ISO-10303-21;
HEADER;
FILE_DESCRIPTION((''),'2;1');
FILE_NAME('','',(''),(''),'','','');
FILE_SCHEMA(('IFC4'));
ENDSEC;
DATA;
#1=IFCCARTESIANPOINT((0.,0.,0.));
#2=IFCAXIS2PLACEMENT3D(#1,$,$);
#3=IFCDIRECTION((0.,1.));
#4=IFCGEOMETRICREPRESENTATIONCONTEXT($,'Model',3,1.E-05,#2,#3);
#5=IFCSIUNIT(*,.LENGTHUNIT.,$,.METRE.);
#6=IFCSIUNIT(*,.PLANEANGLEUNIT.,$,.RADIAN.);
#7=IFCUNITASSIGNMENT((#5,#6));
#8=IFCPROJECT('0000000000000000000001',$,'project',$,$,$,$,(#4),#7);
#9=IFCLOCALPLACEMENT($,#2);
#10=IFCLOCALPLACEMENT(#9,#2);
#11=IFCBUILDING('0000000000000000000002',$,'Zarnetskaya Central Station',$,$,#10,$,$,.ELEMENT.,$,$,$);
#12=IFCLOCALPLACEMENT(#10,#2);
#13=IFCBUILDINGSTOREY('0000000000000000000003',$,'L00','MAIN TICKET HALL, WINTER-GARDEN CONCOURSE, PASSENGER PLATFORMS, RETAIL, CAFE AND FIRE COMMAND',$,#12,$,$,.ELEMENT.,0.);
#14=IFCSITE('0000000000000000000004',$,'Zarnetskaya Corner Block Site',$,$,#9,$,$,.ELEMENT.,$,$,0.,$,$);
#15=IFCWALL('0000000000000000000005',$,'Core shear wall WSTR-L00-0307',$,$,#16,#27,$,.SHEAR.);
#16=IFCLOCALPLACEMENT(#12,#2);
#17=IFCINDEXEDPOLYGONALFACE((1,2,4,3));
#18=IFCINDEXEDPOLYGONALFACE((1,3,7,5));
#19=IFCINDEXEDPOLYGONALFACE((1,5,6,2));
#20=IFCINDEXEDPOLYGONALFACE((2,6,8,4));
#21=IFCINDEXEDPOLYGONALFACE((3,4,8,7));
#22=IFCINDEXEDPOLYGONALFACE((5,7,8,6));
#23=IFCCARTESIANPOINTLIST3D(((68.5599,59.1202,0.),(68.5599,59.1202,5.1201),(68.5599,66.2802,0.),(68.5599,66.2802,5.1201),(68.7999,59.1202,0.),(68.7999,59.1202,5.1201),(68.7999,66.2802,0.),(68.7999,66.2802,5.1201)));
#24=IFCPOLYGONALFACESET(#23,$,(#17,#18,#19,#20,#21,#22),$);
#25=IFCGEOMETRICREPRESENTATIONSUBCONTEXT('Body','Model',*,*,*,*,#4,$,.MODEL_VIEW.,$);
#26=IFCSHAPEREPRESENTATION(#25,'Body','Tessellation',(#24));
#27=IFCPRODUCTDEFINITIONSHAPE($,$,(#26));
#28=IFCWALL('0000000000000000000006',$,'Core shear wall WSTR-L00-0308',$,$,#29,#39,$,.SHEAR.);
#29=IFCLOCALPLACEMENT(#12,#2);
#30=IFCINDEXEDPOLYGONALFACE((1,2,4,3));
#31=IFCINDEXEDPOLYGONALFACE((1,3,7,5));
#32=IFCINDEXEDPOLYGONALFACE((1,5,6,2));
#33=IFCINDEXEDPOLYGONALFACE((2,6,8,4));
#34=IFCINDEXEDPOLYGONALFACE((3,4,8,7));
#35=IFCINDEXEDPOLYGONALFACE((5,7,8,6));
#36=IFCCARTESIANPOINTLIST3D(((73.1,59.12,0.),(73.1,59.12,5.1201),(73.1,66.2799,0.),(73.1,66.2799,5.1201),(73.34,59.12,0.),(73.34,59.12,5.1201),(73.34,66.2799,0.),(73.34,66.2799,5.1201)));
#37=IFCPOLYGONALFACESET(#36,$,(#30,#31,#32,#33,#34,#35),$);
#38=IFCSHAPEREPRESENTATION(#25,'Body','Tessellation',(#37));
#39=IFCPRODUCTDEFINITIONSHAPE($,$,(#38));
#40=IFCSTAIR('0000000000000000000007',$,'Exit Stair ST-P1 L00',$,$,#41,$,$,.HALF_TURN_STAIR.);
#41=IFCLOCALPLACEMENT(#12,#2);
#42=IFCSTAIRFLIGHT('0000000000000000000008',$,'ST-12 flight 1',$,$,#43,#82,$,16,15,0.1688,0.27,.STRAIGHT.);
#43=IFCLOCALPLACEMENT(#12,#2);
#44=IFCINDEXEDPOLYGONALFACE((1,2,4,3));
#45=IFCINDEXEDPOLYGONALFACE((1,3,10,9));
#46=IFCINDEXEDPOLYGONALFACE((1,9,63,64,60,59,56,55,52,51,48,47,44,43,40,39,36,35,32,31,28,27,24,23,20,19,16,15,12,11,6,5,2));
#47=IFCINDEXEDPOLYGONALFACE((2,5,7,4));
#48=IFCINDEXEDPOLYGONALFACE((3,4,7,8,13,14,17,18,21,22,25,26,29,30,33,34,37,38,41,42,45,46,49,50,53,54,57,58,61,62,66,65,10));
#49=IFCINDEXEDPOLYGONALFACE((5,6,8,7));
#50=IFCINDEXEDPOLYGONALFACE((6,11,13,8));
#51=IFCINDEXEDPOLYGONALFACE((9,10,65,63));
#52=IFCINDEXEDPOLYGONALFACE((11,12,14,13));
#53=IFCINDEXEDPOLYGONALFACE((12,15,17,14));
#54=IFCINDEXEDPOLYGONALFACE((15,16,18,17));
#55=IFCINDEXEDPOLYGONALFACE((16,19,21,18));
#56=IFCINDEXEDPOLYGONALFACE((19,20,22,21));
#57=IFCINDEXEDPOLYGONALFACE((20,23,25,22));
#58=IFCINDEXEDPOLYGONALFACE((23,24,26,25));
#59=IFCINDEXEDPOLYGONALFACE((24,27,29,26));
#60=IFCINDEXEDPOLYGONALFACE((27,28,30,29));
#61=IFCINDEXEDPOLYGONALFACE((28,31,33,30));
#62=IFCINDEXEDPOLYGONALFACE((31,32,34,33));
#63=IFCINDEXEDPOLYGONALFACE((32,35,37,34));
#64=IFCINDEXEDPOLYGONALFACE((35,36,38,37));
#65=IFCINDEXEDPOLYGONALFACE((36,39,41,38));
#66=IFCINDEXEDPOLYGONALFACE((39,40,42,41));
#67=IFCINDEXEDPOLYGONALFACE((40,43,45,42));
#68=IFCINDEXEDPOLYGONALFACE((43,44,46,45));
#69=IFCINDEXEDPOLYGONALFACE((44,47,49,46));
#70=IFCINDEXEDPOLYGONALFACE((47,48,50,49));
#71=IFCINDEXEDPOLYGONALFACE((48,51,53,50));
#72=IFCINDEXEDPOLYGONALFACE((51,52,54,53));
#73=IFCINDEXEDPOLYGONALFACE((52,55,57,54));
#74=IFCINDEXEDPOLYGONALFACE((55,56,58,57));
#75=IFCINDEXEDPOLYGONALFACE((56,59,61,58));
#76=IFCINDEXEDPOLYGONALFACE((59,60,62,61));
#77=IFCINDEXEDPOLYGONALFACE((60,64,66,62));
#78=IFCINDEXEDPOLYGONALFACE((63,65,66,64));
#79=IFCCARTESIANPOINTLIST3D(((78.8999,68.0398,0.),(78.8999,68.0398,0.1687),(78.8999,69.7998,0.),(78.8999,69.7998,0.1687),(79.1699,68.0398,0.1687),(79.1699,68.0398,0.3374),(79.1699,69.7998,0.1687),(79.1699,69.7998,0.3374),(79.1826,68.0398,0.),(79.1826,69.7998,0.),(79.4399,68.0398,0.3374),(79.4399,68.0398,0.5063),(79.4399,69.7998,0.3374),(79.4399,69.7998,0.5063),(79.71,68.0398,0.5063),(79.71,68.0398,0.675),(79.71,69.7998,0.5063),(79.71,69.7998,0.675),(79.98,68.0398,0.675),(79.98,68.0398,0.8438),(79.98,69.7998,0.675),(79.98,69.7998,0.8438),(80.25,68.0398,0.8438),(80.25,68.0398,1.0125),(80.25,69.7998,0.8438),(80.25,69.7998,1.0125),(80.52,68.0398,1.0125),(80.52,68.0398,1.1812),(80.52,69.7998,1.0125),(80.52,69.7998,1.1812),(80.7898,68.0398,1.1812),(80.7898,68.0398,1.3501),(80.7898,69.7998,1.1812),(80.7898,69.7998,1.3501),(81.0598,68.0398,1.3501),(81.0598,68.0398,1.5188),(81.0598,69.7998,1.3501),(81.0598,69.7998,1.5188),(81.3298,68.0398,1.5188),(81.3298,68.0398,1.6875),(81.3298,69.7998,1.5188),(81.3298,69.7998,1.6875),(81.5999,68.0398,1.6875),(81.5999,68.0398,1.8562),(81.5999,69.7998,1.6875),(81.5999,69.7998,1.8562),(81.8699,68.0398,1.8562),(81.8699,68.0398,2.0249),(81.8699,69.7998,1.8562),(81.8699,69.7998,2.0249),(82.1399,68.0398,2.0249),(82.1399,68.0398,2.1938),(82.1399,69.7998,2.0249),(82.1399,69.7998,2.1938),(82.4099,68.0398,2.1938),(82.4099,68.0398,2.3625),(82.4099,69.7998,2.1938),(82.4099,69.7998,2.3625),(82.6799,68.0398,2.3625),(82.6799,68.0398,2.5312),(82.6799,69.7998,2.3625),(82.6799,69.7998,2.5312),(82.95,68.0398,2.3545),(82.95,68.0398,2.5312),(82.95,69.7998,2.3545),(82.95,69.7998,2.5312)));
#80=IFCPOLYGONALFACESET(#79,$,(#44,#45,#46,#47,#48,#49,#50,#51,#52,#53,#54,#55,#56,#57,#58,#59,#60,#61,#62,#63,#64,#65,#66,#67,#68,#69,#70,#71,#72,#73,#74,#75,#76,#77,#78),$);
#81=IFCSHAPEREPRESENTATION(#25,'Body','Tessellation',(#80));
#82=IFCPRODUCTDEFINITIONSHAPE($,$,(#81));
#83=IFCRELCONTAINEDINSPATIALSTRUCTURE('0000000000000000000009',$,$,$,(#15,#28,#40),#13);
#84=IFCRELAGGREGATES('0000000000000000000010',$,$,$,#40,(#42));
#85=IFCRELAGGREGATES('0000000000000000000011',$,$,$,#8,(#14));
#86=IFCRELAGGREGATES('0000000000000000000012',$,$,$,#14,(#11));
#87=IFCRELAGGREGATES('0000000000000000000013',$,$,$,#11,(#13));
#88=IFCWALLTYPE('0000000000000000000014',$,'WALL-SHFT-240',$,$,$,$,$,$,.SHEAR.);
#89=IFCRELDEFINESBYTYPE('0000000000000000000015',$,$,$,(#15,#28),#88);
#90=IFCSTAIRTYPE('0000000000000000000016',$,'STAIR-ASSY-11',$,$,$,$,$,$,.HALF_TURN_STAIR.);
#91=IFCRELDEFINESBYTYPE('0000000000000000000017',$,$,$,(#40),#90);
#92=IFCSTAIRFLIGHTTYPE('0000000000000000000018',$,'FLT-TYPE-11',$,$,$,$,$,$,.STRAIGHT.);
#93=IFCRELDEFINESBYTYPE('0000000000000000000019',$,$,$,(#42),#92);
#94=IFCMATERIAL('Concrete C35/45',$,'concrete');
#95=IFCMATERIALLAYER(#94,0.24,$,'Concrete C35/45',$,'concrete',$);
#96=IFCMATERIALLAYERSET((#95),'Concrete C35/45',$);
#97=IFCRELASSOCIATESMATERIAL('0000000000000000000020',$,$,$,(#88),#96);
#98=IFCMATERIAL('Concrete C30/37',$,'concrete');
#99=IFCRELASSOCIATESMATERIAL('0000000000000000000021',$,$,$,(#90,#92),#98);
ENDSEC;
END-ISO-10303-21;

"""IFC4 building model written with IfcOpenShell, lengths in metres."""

from ifc_helpers import new_model, si_unit, direction, frame, frame_2d, origin, place, context, subcontext, project, spatial, polyline, rectangle, outline, extrude, material, layer, layer_set, type_object, element, aggregate, save


model = new_model("IFC4")

# Units and contexts
model_context = context("Model", 3, precision=1e-05, world=origin(), true_north=direction((0.0, 1.0)))
body_context = subcontext(model_context, "Body", "Model", "MODEL_VIEW")
ifc_project = project(units=[si_unit("LENGTHUNIT", "METRE"), si_unit("PLANEANGLEUNIT", "RADIAN")], contexts=[model_context])

# Site, building, storey
site_placement = place(None, origin())
site = spatial("IfcSite", under=ifc_project, at=site_placement, Name="Zarnetskaya Corner Block Site", CompositionType="ELEMENT", RefElevation=0.0)
building_placement = place(site_placement, origin())
building = spatial("IfcBuilding", under=site, at=building_placement, Name="Zarnetskaya Central Station", CompositionType="ELEMENT")
storey_placement = place(building_placement, origin())
storey = spatial("IfcBuildingStorey", under=building, at=storey_placement, Name="L00", Description="MAIN TICKET HALL, WINTER-GARDEN CONCOURSE, PASSENGER PLATFORMS, RETAIL, CAFE AND FIRE COMMAND", CompositionType="ELEMENT", Elevation=0.0)

# Walls
ifc_material_1 = material(Name="Concrete C35/45", Category="concrete")
ifc_layer_1 = layer(ifc_material_1, 0.24, Name="Concrete C35/45", Category="concrete")
ifc_layer_set_1 = layer_set([ifc_layer_1], Name="Concrete C35/45")
wall_type_1 = type_object("IfcWallType", Name="WALL-SHFT-240", PredefinedType="SHEAR", material=ifc_layer_set_1)
for number, where, z_axis, x_axis, name in (
    (1, (68.6799, 59.1201, 0.0), (0.0, 0.0, 1.0), (0.0, 1.0, 0.0), "Core shear wall WSTR-L00-0307"),
    (2, (73.22, 66.28, 0.0), (0.0, 0.0, 1.0), (0.0, -1.0, 0.0), "Core shear wall WSTR-L00-0308"),
):
    element("IfcWall", number, at=place(storey_placement, frame(where, z_axis=z_axis, x_axis=x_axis)), inside=storey, type_object=wall_type_1, Name=name, PredefinedType="SHEAR", context=body_context, shape_type="SweptSolid", body=[
        extrude(rectangle(XDim=7.1599, YDim=0.24, at=frame_2d((3.5801, 0.0))), origin(), (0.0, 0.0, 1.0), 5.1201),
    ])

# Stair, stair flight
ifc_material_2 = material(Name="Concrete C30/37", Category="concrete")
stair_type = type_object("IfcStairType", Name="STAIR-ASSY-11", PredefinedType="HALF_TURN_STAIR", material=ifc_material_2)
stair_placement = place(storey_placement, origin())
stair = element("IfcStair", 3, at=stair_placement, inside=storey, type_object=stair_type, Name="Exit Stair ST-P1 L00", PredefinedType="HALF_TURN_STAIR")
stair_flight_type = type_object("IfcStairFlightType", Name="FLT-TYPE-11", PredefinedType="STRAIGHT", material=ifc_material_2)
stair_flight_placement = place(storey_placement, frame((78.8999, 68.9199, 0.0), z_axis=(0.0, 0.0, 1.0), x_axis=(1.0, 0.0, 0.0)))
stair_flight = element("IfcStairFlight", 4, at=stair_flight_placement, type_object=stair_flight_type, Name="ST-12 flight 1", NumberOfRisers=16, NumberOfTreads=15, PredefinedType="STRAIGHT", RiserHeight=0.1688, TreadLength=0.27, context=body_context, shape_type="SweptSolid", body=[
    extrude(outline(polyline([(0.0, 0.0), (0.0, 0.1687), (0.27, 0.1687), (0.27, 0.3374), (0.54, 0.3374), (0.54, 0.5063), (0.8101, 0.5063), (0.8101, 0.675), (1.0801, 0.675), (1.0801, 0.8438), (1.3501, 0.8438), (1.3501, 1.0125), (1.6201, 1.0125), (1.6201, 1.1812), (1.8899, 1.1812), (1.8899, 1.3501), (2.1599, 1.3501), (2.1599, 1.5188), (2.4299, 1.5188), (2.4299, 1.6875), (2.7, 1.6875), (2.7, 1.8562), (2.97, 1.8562), (2.97, 2.0249), (3.24, 2.0249), (3.24, 2.1938), (3.51, 2.1938), (3.51, 2.3625), (3.78, 2.3625), (3.78, 2.5312), (4.05, 2.5312), (4.05, 2.7), (4.05, 2.3545), (0.2827, 0.0), (0.0, 0.0)])), frame((0.0, 0.8799, 0.0), z_axis=(0.0, -1.0, 0.0), x_axis=(1.0, 0.0, 0.0)), (0.0, 0.0, 1.0), 1.76),
])
aggregate(stair, [stair_flight])

save(model, "model.ifc")
